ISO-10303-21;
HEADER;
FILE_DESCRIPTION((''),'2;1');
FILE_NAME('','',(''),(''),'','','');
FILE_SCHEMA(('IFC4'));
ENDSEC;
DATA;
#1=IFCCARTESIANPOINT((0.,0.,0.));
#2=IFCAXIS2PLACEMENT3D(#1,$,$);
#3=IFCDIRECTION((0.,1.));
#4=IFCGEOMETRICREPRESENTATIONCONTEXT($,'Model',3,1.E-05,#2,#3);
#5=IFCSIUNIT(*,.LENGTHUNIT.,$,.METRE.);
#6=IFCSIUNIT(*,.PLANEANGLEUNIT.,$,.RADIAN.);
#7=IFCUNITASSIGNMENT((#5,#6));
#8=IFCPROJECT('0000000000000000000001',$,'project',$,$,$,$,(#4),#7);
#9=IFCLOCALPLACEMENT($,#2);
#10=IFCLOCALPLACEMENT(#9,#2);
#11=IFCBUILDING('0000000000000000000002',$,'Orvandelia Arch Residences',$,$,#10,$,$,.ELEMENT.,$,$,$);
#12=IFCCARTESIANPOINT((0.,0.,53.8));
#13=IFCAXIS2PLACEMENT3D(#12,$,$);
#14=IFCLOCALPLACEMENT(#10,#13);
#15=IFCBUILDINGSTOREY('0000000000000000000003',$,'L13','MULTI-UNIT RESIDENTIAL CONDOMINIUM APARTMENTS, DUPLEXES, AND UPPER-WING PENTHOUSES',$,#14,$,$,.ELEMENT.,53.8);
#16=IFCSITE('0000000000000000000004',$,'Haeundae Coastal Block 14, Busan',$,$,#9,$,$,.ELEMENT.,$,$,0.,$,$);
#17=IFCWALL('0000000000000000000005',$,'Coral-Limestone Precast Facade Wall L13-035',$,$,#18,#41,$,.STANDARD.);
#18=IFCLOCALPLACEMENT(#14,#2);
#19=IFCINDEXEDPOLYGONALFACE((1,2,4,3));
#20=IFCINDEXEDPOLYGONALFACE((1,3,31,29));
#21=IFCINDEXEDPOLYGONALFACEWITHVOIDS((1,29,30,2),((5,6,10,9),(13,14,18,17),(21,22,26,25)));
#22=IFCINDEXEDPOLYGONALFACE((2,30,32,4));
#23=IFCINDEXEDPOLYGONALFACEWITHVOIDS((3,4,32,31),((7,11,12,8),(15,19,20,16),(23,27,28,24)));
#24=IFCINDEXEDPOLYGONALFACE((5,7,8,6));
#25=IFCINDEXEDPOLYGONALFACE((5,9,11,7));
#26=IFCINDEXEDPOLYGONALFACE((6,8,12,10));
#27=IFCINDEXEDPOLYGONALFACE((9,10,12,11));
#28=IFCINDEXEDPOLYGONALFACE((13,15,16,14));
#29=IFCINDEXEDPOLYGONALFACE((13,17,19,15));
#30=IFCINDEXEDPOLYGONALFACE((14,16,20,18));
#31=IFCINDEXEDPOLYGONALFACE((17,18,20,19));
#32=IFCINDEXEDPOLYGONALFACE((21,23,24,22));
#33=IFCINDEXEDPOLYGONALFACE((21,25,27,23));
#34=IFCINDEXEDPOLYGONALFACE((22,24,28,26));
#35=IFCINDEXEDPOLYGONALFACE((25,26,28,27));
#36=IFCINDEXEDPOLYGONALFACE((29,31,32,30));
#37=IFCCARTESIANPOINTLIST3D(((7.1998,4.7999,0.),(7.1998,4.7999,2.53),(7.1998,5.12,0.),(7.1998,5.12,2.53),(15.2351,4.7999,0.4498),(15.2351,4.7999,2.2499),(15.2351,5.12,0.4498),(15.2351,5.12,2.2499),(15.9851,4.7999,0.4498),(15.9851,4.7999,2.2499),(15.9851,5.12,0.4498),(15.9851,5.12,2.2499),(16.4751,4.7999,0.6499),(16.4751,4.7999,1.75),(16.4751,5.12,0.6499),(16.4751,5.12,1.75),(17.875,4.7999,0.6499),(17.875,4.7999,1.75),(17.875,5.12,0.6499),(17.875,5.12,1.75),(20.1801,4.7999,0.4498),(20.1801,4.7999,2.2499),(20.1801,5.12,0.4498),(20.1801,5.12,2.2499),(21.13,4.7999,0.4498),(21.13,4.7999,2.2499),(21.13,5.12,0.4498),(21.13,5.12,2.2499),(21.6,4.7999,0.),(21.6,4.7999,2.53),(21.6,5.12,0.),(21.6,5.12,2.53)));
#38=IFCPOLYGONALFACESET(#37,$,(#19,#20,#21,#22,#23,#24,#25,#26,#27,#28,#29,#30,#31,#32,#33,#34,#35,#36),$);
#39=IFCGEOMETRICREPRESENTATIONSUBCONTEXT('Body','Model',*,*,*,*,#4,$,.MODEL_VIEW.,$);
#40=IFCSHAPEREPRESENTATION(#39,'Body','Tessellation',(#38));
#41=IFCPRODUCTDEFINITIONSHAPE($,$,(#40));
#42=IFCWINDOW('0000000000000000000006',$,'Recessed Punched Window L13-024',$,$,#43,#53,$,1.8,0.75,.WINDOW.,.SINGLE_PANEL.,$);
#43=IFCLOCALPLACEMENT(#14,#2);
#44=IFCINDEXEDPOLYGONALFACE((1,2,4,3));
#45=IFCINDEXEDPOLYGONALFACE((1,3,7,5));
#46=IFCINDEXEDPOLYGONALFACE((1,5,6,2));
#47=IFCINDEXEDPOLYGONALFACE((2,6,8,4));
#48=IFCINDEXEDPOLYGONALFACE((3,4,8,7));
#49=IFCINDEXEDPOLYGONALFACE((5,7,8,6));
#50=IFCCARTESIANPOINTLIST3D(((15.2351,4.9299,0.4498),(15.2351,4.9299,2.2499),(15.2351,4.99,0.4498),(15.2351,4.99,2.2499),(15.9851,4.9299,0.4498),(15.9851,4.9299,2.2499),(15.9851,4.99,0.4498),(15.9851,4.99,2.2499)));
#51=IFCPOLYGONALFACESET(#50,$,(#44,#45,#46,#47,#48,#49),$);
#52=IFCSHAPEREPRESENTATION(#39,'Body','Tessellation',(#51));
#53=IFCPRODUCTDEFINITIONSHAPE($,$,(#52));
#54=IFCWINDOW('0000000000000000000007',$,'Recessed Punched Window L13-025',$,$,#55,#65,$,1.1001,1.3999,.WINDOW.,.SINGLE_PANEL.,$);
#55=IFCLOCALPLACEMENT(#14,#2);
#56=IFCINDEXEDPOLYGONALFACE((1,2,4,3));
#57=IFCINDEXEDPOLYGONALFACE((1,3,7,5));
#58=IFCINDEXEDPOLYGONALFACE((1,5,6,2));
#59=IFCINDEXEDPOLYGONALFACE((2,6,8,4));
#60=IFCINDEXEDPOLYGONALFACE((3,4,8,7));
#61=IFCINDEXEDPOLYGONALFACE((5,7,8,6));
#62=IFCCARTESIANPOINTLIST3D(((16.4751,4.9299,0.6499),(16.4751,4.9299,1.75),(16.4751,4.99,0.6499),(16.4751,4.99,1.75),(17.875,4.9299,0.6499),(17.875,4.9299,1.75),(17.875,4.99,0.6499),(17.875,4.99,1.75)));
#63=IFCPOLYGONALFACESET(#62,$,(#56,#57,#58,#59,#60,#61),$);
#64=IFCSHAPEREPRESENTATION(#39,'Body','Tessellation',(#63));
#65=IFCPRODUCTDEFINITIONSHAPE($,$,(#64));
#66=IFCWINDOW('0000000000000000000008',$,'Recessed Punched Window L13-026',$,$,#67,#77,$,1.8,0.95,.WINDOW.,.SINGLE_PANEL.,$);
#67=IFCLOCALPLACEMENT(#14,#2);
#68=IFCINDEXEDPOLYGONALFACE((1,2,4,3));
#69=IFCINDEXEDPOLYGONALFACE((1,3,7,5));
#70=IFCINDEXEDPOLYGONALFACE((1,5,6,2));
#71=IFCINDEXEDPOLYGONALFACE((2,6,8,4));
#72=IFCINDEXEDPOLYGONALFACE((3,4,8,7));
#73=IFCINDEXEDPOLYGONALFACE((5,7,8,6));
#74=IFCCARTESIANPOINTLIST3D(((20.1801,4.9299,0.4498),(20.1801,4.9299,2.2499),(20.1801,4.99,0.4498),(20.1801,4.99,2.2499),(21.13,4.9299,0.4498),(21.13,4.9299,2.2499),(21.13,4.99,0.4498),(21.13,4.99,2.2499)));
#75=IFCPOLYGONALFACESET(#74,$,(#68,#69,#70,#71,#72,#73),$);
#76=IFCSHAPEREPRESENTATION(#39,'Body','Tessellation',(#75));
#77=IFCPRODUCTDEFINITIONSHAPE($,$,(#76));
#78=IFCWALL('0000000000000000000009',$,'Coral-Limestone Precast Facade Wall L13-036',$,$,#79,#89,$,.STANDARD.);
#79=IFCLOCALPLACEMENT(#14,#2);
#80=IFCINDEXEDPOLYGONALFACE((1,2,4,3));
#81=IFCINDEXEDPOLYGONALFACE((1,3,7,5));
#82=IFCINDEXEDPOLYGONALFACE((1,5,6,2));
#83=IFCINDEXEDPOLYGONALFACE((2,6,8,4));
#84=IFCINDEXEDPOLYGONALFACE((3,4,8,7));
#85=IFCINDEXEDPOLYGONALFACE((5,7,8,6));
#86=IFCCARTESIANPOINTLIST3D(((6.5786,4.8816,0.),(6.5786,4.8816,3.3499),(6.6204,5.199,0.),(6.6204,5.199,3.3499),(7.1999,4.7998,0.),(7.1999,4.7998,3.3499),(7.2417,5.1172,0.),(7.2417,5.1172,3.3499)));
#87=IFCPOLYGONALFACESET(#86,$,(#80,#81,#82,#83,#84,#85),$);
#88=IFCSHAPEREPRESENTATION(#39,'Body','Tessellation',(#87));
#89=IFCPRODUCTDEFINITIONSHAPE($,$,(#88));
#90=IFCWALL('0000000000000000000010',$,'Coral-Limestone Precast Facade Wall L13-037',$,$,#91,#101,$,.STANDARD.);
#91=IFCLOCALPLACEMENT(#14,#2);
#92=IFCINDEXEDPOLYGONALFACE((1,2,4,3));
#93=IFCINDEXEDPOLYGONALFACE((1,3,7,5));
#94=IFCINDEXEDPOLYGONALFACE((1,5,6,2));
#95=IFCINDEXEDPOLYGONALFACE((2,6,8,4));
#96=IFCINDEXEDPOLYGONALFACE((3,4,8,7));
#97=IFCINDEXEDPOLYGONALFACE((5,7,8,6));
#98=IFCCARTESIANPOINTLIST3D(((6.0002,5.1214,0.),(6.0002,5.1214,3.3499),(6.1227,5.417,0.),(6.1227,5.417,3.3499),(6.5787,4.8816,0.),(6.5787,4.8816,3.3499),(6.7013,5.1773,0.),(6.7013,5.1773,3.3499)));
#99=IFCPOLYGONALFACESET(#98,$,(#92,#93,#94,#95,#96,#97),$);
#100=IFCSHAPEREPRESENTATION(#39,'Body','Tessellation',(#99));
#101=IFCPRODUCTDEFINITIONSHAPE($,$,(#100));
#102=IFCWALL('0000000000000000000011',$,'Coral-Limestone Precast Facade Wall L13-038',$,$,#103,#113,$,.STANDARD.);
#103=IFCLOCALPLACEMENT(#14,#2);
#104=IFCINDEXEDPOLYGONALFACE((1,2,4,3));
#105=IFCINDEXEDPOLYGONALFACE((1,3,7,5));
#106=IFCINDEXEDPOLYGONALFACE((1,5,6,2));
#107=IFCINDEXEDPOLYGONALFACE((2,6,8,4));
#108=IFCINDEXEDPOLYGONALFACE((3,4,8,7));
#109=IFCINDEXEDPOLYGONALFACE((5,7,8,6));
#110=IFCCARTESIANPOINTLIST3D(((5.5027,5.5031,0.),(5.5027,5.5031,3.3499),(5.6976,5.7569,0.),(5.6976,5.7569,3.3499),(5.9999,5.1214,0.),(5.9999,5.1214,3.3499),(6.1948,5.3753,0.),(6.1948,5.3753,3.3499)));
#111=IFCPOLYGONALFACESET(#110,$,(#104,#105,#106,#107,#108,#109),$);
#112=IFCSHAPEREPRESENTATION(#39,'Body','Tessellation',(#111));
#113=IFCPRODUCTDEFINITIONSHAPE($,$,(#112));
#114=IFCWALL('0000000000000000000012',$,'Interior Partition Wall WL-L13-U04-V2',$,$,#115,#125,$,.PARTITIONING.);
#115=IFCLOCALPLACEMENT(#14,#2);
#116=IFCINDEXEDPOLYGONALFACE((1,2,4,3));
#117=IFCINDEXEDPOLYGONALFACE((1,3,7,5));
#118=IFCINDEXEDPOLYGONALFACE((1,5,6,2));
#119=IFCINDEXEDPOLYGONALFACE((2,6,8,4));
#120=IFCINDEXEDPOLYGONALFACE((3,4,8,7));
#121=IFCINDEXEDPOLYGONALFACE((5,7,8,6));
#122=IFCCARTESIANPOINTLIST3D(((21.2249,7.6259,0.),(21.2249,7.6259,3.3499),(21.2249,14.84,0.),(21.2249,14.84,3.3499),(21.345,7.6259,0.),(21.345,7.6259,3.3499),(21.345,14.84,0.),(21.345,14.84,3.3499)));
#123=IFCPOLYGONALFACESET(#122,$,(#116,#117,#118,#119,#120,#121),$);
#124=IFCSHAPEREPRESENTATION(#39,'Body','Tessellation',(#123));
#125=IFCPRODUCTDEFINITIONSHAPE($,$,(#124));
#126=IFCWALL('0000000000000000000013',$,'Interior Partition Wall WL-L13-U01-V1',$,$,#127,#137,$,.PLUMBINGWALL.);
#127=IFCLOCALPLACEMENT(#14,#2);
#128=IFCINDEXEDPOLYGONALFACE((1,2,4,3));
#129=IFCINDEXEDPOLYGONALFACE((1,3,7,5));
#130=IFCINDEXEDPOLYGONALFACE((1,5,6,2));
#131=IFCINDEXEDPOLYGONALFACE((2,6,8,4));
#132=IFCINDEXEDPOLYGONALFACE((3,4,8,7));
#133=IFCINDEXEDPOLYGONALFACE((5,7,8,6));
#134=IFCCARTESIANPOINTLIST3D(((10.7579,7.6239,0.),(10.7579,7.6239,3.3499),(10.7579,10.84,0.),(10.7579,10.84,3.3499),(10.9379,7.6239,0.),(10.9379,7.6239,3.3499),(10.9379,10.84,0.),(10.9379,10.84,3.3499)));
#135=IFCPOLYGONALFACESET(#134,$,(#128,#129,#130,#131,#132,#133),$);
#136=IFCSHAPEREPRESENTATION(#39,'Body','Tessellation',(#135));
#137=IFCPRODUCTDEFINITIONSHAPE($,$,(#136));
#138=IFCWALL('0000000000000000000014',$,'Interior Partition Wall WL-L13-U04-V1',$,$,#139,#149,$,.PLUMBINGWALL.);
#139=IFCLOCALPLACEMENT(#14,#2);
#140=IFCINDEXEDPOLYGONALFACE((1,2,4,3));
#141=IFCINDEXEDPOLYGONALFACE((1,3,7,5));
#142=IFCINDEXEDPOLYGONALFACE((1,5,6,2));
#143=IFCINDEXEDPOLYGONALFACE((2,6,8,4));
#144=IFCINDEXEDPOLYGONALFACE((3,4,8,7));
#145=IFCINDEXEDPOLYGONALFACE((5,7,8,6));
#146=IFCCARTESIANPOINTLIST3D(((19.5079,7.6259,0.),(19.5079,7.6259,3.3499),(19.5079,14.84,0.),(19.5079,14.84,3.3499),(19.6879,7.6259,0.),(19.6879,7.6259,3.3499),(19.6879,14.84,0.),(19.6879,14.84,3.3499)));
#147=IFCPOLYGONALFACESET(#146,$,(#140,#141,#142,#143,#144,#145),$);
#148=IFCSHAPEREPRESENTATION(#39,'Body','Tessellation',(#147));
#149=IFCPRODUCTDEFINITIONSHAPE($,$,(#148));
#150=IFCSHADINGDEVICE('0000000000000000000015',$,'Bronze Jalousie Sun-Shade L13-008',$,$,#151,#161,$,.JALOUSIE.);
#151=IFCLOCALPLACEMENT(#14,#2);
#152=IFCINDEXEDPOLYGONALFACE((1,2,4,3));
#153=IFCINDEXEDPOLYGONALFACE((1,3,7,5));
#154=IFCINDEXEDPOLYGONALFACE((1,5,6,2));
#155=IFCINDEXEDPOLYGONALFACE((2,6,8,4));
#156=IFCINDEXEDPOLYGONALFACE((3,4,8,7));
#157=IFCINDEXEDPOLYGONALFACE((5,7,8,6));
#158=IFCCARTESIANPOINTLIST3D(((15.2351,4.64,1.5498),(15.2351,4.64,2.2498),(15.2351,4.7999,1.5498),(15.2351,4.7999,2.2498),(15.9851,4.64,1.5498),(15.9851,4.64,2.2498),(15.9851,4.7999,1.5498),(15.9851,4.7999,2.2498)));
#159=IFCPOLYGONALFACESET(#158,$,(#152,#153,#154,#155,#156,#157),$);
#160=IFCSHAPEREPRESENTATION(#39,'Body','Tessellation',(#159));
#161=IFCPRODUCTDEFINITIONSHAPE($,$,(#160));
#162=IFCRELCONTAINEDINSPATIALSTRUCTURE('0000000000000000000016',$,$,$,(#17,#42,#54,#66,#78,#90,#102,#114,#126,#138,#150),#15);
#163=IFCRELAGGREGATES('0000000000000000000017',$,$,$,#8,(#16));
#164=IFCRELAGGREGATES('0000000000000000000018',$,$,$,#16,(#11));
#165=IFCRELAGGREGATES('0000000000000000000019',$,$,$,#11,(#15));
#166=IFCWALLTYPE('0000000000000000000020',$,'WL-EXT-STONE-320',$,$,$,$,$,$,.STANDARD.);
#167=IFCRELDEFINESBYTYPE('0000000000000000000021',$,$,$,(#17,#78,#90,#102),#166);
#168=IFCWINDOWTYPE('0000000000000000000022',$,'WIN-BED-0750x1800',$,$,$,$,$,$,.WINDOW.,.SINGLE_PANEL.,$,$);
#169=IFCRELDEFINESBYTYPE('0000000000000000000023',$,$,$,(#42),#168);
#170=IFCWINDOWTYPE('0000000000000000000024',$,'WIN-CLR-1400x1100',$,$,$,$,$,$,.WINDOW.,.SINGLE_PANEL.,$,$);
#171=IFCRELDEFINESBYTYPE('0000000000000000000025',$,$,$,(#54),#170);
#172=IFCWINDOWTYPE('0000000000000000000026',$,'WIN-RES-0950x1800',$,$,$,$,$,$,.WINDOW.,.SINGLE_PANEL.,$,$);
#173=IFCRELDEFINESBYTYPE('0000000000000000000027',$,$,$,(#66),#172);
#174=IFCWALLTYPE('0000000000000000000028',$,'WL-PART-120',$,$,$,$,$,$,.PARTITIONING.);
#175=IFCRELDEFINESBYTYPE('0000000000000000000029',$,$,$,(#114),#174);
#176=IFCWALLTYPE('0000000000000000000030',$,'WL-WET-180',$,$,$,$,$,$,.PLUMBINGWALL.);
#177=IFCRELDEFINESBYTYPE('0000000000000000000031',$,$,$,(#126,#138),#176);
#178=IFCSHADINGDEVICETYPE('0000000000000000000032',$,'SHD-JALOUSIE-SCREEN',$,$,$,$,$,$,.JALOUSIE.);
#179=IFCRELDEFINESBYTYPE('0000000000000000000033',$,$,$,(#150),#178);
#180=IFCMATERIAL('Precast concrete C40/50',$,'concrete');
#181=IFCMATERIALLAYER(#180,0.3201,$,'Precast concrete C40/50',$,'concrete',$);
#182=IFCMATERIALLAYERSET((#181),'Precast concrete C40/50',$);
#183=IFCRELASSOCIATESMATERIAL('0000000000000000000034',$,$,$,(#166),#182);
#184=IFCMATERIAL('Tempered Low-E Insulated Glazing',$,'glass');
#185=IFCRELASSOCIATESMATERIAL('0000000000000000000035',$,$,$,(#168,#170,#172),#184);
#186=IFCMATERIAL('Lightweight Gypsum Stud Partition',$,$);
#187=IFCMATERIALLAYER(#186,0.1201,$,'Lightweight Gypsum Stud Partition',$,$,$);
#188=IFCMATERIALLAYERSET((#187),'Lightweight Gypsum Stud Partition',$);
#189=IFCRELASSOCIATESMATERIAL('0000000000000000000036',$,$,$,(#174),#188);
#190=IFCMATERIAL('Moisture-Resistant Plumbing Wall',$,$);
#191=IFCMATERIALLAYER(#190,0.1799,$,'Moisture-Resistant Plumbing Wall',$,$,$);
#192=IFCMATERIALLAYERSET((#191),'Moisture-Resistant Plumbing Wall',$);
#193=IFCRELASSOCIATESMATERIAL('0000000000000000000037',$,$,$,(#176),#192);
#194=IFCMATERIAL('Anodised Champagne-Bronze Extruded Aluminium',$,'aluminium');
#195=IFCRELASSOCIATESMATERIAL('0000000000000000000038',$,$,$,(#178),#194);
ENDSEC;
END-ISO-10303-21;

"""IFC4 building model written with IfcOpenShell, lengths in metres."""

from ifc_helpers import new_model, si_unit, direction, frame, frame_2d, origin, origin_2d, place, context, subcontext, project, spatial, rectangle, extrude, material, layer, layer_set, type_object, element, fill, save


model = new_model("IFC4")

# Units and contexts
model_context = context("Model", 3, precision=1e-05, world=origin(), true_north=direction((0.0, 1.0)))
body_context = subcontext(model_context, "Body", "Model", "MODEL_VIEW")
ifc_project = project(units=[si_unit("LENGTHUNIT", "METRE"), si_unit("PLANEANGLEUNIT", "RADIAN")], contexts=[model_context])

# Site, building, storey
site_placement = place(None, origin())
site = spatial("IfcSite", under=ifc_project, at=site_placement, Name="Haeundae Coastal Block 14, Busan", CompositionType="ELEMENT", RefElevation=0.0)
building_placement = place(site_placement, origin())
building = spatial("IfcBuilding", under=site, at=building_placement, Name="Orvandelia Arch Residences", CompositionType="ELEMENT")
storey_placement = place(building_placement, frame((0.0, 0.0, 53.8)))
storey = spatial("IfcBuildingStorey", under=building, at=storey_placement, Name="L13", Description="MULTI-UNIT RESIDENTIAL CONDOMINIUM APARTMENTS, DUPLEXES, AND UPPER-WING PENTHOUSES", CompositionType="ELEMENT", Elevation=53.8)

# Shared definitions
ifc_material_1 = material(Name="Precast concrete C40/50", Category="concrete")
ifc_layer_1 = layer(ifc_material_1, 0.3201, Name="Precast concrete C40/50", Category="concrete")
ifc_layer_set_1 = layer_set([ifc_layer_1], Name="Precast concrete C40/50")
wall_type_1 = type_object("IfcWallType", Name="WL-EXT-STONE-320", PredefinedType="STANDARD", material=ifc_layer_set_1)

# Wall, openings, windows
wall_1_placement = place(storey_placement, frame((21.6001, 4.96, 0.0), z_axis=(0.0, 0.0, 1.0), x_axis=(-1.0, 0.0, 0.0)))
wall_1 = element("IfcWall", 1, at=wall_1_placement, inside=storey, type_object=wall_type_1, Name="Coral-Limestone Precast Facade Wall L13-035", PredefinedType="STANDARD", context=body_context, shape_type="SweptSolid", body=[
    extrude(rectangle(XDim=14.4001, YDim=0.3201, at=frame_2d((7.2002, 0.0))), origin(), (0.0, 0.0, 1.0), 2.53),
])
opening_1_placement = place(wall_1_placement, frame((5.615, 0.0, 0.45)))
opening_1 = element("IfcOpeningElement", 2, at=opening_1_placement, cuts=wall_1, PredefinedType="OPENING", context=body_context, shape_type="SweptSolid", body=[
    extrude(rectangle(XDim=0.75, YDim=1.8, at=frame_2d((0.375, 0.8999))), frame((0.0, 0.1699, 0.0), z_axis=(0.0, -1.0, 0.0), x_axis=(1.0, 0.0, 0.0)), (0.0, 0.0, 1.0), 0.3401),
])
opening_2_placement = place(wall_1_placement, frame((3.7251, 0.0, 0.6499)))
opening_2 = element("IfcOpeningElement", 3, at=opening_2_placement, cuts=wall_1, PredefinedType="OPENING", context=body_context, shape_type="SweptSolid", body=[
    extrude(rectangle(XDim=1.3999, YDim=1.1001, at=frame_2d((0.7, 0.55))), frame((0.0, 0.1699, 0.0), z_axis=(0.0, -1.0, 0.0), x_axis=(1.0, 0.0, 0.0)), (0.0, 0.0, 1.0), 0.3401),
])
opening_3_placement = place(wall_1_placement, frame((0.47, 0.0, 0.45)))
opening_3 = element("IfcOpeningElement", 4, at=opening_3_placement, cuts=wall_1, PredefinedType="OPENING", context=body_context, shape_type="SweptSolid", body=[
    extrude(rectangle(XDim=0.95, YDim=1.8, at=frame_2d((0.4751, 0.8999))), frame((0.0, 0.1699, 0.0), z_axis=(0.0, -1.0, 0.0), x_axis=(1.0, 0.0, 0.0)), (0.0, 0.0, 1.0), 0.3401),
])
ifc_material_2 = material(Name="Tempered Low-E Insulated Glazing", Category="glass")
window_type_1 = type_object("IfcWindowType", Name="WIN-BED-0750x1800", PartitioningType="SINGLE_PANEL", PredefinedType="WINDOW", material=ifc_material_2)
window_1_placement = place(opening_1_placement, origin())
window_1 = element("IfcWindow", 5, at=window_1_placement, inside=storey, type_object=window_type_1, Name="Recessed Punched Window L13-024", OverallHeight=1.8, OverallWidth=0.75, PartitioningType="SINGLE_PANEL", PredefinedType="WINDOW", context=body_context, shape_type="SweptSolid", body=[
    extrude(rectangle(XDim=0.75, YDim=1.8, at=frame_2d((0.375, 0.8999))), frame((0.0, 0.03, 0.0), z_axis=(0.0, -1.0, 0.0), x_axis=(1.0, 0.0, 0.0)), (0.0, 0.0, 1.0), 0.0601),
])
fill(opening_1, window_1)
window_type_2 = type_object("IfcWindowType", Name="WIN-CLR-1400x1100", PartitioningType="SINGLE_PANEL", PredefinedType="WINDOW", material=ifc_material_2)
window_2_placement = place(opening_2_placement, origin())
window_2 = element("IfcWindow", 6, at=window_2_placement, inside=storey, type_object=window_type_2, Name="Recessed Punched Window L13-025", OverallHeight=1.1001, OverallWidth=1.3999, PartitioningType="SINGLE_PANEL", PredefinedType="WINDOW", context=body_context, shape_type="SweptSolid", body=[
    extrude(rectangle(XDim=1.3999, YDim=1.1001, at=frame_2d((0.7, 0.55))), frame((0.0, 0.03, 0.0), z_axis=(0.0, -1.0, 0.0), x_axis=(1.0, 0.0, 0.0)), (0.0, 0.0, 1.0), 0.0601),
])
fill(opening_2, window_2)
window_type_3 = type_object("IfcWindowType", Name="WIN-RES-0950x1800", PartitioningType="SINGLE_PANEL", PredefinedType="WINDOW", material=ifc_material_2)
window_3_placement = place(opening_3_placement, origin())
window_3 = element("IfcWindow", 7, at=window_3_placement, inside=storey, type_object=window_type_3, Name="Recessed Punched Window L13-026", OverallHeight=1.8, OverallWidth=0.95, PartitioningType="SINGLE_PANEL", PredefinedType="WINDOW", context=body_context, shape_type="SweptSolid", body=[
    extrude(rectangle(XDim=0.95, YDim=1.8, at=frame_2d((0.4751, 0.8999))), frame((0.0, 0.03, 0.0), z_axis=(0.0, -1.0, 0.0), x_axis=(1.0, 0.0, 0.0)), (0.0, 0.0, 1.0), 0.0601),
])
fill(opening_3, window_3)

# Walls
wall_2_placement = place(storey_placement, frame((7.2209, 4.9585, 0.0), z_axis=(0.0, 0.0, 1.0), x_axis=(-0.991448, 0.130505, 0.0)))
element("IfcWall", 8, at=wall_2_placement, inside=storey, type_object=wall_type_1, Name="Coral-Limestone Precast Facade Wall L13-036", PredefinedType="STANDARD", context=body_context, shape_type="SweptSolid", body=[
    extrude(rectangle(XDim=0.6267, YDim=0.3201, at=frame_2d((0.3135, 0.0))), origin(), (0.0, 0.0, 1.0), 3.3499),
])
wall_3_placement = place(storey_placement, frame((6.6399, 5.0295, 0.0), z_axis=(0.0, 0.0, 1.0), x_axis=(-0.923836, 0.382788, 0.0)))
element("IfcWall", 9, at=wall_3_placement, inside=storey, type_object=wall_type_1, Name="Coral-Limestone Precast Facade Wall L13-037", PredefinedType="STANDARD", context=body_context, shape_type="SweptSolid", body=[
    extrude(rectangle(XDim=0.6262, YDim=0.3201, at=frame_2d((0.313, 0.0))), origin(), (0.0, 0.0, 1.0), 3.3499),
])
wall_4_placement = place(storey_placement, frame((6.0974, 5.2483, 0.0), z_axis=(0.0, 0.0, 1.0), x_axis=(-0.793217, 0.608939, 0.0)))
element("IfcWall", 10, at=wall_4_placement, inside=storey, type_object=wall_type_1, Name="Coral-Limestone Precast Facade Wall L13-038", PredefinedType="STANDARD", context=body_context, shape_type="SweptSolid", body=[
    extrude(rectangle(XDim=0.6267, YDim=0.3201, at=frame_2d((0.3135, 0.0))), origin(), (0.0, 0.0, 1.0), 3.3499),
])
ifc_material_3 = material(Name="Lightweight Gypsum Stud Partition")
ifc_layer_2 = layer(ifc_material_3, 0.1201, Name="Lightweight Gypsum Stud Partition")
ifc_layer_set_2 = layer_set([ifc_layer_2], Name="Lightweight Gypsum Stud Partition")
wall_type_2 = type_object("IfcWallType", Name="WL-PART-120", PredefinedType="PARTITIONING", material=ifc_layer_set_2)
wall_5_placement = place(storey_placement, frame((21.2849, 7.626, 0.0), z_axis=(0.0, 0.0, 1.0), x_axis=(0.0, 1.0, 0.0)))
element("IfcWall", 11, at=wall_5_placement, inside=storey, type_object=wall_type_2, Name="Interior Partition Wall WL-L13-U04-V2", PredefinedType="PARTITIONING", context=body_context, shape_type="SweptSolid", body=[
    extrude(rectangle(XDim=7.2141, YDim=0.1201, at=frame_2d((3.6069, 0.0))), origin(), (0.0, 0.0, 1.0), 3.3499),
])
ifc_material_4 = material(Name="Moisture-Resistant Plumbing Wall")
ifc_layer_3 = layer(ifc_material_4, 0.1799, Name="Moisture-Resistant Plumbing Wall")
ifc_layer_set_3 = layer_set([ifc_layer_3], Name="Moisture-Resistant Plumbing Wall")
wall_type_3 = type_object("IfcWallType", Name="WL-WET-180", PredefinedType="PLUMBINGWALL", material=ifc_layer_set_3)
wall_6_placement = place(storey_placement, frame((10.8479, 7.624, 0.0), z_axis=(0.0, 0.0, 1.0), x_axis=(0.0, 1.0, 0.0)))
element("IfcWall", 12, at=wall_6_placement, inside=storey, type_object=wall_type_3, Name="Interior Partition Wall WL-L13-U01-V1", PredefinedType="PLUMBINGWALL", context=body_context, shape_type="SweptSolid", body=[
    extrude(rectangle(XDim=3.2161, YDim=0.1799, at=frame_2d((1.6079, 0.0))), origin(), (0.0, 0.0, 1.0), 3.3499),
])

# Wall
wall_7_placement = place(storey_placement, frame((19.5979, 7.626, 0.0), z_axis=(0.0, 0.0, 1.0), x_axis=(0.0, 1.0, 0.0)))
element("IfcWall", 13, at=wall_7_placement, inside=storey, type_object=wall_type_3, Name="Interior Partition Wall WL-L13-U04-V1", PredefinedType="PLUMBINGWALL", context=body_context, shape_type="SweptSolid", body=[
    extrude(rectangle(XDim=7.2141, YDim=0.1799, at=frame_2d((3.6069, 0.0))), origin(), (0.0, 0.0, 1.0), 3.3499),
])

# Shading device
ifc_material_5 = material(Name="Anodised Champagne-Bronze Extruded Aluminium", Category="aluminium")
shading_device_type = type_object("IfcShadingDeviceType", Name="SHD-JALOUSIE-SCREEN", PredefinedType="JALOUSIE", material=ifc_material_5)
shading_device_placement = place(storey_placement, frame((15.6101, 4.72, 1.5498), z_axis=(0.0, 0.0, 1.0), x_axis=(-1.0, 0.0, 0.0)))
element("IfcShadingDevice", 14, at=shading_device_placement, inside=storey, type_object=shading_device_type, Name="Bronze Jalousie Sun-Shade L13-008", PredefinedType="JALOUSIE", context=body_context, shape_type="SweptSolid", body=[
    extrude(rectangle(XDim=0.75, YDim=0.1599, at=origin_2d()), origin(), (0.0, 0.0, 1.0), 0.7),
])

save(model, "model.ifc")
